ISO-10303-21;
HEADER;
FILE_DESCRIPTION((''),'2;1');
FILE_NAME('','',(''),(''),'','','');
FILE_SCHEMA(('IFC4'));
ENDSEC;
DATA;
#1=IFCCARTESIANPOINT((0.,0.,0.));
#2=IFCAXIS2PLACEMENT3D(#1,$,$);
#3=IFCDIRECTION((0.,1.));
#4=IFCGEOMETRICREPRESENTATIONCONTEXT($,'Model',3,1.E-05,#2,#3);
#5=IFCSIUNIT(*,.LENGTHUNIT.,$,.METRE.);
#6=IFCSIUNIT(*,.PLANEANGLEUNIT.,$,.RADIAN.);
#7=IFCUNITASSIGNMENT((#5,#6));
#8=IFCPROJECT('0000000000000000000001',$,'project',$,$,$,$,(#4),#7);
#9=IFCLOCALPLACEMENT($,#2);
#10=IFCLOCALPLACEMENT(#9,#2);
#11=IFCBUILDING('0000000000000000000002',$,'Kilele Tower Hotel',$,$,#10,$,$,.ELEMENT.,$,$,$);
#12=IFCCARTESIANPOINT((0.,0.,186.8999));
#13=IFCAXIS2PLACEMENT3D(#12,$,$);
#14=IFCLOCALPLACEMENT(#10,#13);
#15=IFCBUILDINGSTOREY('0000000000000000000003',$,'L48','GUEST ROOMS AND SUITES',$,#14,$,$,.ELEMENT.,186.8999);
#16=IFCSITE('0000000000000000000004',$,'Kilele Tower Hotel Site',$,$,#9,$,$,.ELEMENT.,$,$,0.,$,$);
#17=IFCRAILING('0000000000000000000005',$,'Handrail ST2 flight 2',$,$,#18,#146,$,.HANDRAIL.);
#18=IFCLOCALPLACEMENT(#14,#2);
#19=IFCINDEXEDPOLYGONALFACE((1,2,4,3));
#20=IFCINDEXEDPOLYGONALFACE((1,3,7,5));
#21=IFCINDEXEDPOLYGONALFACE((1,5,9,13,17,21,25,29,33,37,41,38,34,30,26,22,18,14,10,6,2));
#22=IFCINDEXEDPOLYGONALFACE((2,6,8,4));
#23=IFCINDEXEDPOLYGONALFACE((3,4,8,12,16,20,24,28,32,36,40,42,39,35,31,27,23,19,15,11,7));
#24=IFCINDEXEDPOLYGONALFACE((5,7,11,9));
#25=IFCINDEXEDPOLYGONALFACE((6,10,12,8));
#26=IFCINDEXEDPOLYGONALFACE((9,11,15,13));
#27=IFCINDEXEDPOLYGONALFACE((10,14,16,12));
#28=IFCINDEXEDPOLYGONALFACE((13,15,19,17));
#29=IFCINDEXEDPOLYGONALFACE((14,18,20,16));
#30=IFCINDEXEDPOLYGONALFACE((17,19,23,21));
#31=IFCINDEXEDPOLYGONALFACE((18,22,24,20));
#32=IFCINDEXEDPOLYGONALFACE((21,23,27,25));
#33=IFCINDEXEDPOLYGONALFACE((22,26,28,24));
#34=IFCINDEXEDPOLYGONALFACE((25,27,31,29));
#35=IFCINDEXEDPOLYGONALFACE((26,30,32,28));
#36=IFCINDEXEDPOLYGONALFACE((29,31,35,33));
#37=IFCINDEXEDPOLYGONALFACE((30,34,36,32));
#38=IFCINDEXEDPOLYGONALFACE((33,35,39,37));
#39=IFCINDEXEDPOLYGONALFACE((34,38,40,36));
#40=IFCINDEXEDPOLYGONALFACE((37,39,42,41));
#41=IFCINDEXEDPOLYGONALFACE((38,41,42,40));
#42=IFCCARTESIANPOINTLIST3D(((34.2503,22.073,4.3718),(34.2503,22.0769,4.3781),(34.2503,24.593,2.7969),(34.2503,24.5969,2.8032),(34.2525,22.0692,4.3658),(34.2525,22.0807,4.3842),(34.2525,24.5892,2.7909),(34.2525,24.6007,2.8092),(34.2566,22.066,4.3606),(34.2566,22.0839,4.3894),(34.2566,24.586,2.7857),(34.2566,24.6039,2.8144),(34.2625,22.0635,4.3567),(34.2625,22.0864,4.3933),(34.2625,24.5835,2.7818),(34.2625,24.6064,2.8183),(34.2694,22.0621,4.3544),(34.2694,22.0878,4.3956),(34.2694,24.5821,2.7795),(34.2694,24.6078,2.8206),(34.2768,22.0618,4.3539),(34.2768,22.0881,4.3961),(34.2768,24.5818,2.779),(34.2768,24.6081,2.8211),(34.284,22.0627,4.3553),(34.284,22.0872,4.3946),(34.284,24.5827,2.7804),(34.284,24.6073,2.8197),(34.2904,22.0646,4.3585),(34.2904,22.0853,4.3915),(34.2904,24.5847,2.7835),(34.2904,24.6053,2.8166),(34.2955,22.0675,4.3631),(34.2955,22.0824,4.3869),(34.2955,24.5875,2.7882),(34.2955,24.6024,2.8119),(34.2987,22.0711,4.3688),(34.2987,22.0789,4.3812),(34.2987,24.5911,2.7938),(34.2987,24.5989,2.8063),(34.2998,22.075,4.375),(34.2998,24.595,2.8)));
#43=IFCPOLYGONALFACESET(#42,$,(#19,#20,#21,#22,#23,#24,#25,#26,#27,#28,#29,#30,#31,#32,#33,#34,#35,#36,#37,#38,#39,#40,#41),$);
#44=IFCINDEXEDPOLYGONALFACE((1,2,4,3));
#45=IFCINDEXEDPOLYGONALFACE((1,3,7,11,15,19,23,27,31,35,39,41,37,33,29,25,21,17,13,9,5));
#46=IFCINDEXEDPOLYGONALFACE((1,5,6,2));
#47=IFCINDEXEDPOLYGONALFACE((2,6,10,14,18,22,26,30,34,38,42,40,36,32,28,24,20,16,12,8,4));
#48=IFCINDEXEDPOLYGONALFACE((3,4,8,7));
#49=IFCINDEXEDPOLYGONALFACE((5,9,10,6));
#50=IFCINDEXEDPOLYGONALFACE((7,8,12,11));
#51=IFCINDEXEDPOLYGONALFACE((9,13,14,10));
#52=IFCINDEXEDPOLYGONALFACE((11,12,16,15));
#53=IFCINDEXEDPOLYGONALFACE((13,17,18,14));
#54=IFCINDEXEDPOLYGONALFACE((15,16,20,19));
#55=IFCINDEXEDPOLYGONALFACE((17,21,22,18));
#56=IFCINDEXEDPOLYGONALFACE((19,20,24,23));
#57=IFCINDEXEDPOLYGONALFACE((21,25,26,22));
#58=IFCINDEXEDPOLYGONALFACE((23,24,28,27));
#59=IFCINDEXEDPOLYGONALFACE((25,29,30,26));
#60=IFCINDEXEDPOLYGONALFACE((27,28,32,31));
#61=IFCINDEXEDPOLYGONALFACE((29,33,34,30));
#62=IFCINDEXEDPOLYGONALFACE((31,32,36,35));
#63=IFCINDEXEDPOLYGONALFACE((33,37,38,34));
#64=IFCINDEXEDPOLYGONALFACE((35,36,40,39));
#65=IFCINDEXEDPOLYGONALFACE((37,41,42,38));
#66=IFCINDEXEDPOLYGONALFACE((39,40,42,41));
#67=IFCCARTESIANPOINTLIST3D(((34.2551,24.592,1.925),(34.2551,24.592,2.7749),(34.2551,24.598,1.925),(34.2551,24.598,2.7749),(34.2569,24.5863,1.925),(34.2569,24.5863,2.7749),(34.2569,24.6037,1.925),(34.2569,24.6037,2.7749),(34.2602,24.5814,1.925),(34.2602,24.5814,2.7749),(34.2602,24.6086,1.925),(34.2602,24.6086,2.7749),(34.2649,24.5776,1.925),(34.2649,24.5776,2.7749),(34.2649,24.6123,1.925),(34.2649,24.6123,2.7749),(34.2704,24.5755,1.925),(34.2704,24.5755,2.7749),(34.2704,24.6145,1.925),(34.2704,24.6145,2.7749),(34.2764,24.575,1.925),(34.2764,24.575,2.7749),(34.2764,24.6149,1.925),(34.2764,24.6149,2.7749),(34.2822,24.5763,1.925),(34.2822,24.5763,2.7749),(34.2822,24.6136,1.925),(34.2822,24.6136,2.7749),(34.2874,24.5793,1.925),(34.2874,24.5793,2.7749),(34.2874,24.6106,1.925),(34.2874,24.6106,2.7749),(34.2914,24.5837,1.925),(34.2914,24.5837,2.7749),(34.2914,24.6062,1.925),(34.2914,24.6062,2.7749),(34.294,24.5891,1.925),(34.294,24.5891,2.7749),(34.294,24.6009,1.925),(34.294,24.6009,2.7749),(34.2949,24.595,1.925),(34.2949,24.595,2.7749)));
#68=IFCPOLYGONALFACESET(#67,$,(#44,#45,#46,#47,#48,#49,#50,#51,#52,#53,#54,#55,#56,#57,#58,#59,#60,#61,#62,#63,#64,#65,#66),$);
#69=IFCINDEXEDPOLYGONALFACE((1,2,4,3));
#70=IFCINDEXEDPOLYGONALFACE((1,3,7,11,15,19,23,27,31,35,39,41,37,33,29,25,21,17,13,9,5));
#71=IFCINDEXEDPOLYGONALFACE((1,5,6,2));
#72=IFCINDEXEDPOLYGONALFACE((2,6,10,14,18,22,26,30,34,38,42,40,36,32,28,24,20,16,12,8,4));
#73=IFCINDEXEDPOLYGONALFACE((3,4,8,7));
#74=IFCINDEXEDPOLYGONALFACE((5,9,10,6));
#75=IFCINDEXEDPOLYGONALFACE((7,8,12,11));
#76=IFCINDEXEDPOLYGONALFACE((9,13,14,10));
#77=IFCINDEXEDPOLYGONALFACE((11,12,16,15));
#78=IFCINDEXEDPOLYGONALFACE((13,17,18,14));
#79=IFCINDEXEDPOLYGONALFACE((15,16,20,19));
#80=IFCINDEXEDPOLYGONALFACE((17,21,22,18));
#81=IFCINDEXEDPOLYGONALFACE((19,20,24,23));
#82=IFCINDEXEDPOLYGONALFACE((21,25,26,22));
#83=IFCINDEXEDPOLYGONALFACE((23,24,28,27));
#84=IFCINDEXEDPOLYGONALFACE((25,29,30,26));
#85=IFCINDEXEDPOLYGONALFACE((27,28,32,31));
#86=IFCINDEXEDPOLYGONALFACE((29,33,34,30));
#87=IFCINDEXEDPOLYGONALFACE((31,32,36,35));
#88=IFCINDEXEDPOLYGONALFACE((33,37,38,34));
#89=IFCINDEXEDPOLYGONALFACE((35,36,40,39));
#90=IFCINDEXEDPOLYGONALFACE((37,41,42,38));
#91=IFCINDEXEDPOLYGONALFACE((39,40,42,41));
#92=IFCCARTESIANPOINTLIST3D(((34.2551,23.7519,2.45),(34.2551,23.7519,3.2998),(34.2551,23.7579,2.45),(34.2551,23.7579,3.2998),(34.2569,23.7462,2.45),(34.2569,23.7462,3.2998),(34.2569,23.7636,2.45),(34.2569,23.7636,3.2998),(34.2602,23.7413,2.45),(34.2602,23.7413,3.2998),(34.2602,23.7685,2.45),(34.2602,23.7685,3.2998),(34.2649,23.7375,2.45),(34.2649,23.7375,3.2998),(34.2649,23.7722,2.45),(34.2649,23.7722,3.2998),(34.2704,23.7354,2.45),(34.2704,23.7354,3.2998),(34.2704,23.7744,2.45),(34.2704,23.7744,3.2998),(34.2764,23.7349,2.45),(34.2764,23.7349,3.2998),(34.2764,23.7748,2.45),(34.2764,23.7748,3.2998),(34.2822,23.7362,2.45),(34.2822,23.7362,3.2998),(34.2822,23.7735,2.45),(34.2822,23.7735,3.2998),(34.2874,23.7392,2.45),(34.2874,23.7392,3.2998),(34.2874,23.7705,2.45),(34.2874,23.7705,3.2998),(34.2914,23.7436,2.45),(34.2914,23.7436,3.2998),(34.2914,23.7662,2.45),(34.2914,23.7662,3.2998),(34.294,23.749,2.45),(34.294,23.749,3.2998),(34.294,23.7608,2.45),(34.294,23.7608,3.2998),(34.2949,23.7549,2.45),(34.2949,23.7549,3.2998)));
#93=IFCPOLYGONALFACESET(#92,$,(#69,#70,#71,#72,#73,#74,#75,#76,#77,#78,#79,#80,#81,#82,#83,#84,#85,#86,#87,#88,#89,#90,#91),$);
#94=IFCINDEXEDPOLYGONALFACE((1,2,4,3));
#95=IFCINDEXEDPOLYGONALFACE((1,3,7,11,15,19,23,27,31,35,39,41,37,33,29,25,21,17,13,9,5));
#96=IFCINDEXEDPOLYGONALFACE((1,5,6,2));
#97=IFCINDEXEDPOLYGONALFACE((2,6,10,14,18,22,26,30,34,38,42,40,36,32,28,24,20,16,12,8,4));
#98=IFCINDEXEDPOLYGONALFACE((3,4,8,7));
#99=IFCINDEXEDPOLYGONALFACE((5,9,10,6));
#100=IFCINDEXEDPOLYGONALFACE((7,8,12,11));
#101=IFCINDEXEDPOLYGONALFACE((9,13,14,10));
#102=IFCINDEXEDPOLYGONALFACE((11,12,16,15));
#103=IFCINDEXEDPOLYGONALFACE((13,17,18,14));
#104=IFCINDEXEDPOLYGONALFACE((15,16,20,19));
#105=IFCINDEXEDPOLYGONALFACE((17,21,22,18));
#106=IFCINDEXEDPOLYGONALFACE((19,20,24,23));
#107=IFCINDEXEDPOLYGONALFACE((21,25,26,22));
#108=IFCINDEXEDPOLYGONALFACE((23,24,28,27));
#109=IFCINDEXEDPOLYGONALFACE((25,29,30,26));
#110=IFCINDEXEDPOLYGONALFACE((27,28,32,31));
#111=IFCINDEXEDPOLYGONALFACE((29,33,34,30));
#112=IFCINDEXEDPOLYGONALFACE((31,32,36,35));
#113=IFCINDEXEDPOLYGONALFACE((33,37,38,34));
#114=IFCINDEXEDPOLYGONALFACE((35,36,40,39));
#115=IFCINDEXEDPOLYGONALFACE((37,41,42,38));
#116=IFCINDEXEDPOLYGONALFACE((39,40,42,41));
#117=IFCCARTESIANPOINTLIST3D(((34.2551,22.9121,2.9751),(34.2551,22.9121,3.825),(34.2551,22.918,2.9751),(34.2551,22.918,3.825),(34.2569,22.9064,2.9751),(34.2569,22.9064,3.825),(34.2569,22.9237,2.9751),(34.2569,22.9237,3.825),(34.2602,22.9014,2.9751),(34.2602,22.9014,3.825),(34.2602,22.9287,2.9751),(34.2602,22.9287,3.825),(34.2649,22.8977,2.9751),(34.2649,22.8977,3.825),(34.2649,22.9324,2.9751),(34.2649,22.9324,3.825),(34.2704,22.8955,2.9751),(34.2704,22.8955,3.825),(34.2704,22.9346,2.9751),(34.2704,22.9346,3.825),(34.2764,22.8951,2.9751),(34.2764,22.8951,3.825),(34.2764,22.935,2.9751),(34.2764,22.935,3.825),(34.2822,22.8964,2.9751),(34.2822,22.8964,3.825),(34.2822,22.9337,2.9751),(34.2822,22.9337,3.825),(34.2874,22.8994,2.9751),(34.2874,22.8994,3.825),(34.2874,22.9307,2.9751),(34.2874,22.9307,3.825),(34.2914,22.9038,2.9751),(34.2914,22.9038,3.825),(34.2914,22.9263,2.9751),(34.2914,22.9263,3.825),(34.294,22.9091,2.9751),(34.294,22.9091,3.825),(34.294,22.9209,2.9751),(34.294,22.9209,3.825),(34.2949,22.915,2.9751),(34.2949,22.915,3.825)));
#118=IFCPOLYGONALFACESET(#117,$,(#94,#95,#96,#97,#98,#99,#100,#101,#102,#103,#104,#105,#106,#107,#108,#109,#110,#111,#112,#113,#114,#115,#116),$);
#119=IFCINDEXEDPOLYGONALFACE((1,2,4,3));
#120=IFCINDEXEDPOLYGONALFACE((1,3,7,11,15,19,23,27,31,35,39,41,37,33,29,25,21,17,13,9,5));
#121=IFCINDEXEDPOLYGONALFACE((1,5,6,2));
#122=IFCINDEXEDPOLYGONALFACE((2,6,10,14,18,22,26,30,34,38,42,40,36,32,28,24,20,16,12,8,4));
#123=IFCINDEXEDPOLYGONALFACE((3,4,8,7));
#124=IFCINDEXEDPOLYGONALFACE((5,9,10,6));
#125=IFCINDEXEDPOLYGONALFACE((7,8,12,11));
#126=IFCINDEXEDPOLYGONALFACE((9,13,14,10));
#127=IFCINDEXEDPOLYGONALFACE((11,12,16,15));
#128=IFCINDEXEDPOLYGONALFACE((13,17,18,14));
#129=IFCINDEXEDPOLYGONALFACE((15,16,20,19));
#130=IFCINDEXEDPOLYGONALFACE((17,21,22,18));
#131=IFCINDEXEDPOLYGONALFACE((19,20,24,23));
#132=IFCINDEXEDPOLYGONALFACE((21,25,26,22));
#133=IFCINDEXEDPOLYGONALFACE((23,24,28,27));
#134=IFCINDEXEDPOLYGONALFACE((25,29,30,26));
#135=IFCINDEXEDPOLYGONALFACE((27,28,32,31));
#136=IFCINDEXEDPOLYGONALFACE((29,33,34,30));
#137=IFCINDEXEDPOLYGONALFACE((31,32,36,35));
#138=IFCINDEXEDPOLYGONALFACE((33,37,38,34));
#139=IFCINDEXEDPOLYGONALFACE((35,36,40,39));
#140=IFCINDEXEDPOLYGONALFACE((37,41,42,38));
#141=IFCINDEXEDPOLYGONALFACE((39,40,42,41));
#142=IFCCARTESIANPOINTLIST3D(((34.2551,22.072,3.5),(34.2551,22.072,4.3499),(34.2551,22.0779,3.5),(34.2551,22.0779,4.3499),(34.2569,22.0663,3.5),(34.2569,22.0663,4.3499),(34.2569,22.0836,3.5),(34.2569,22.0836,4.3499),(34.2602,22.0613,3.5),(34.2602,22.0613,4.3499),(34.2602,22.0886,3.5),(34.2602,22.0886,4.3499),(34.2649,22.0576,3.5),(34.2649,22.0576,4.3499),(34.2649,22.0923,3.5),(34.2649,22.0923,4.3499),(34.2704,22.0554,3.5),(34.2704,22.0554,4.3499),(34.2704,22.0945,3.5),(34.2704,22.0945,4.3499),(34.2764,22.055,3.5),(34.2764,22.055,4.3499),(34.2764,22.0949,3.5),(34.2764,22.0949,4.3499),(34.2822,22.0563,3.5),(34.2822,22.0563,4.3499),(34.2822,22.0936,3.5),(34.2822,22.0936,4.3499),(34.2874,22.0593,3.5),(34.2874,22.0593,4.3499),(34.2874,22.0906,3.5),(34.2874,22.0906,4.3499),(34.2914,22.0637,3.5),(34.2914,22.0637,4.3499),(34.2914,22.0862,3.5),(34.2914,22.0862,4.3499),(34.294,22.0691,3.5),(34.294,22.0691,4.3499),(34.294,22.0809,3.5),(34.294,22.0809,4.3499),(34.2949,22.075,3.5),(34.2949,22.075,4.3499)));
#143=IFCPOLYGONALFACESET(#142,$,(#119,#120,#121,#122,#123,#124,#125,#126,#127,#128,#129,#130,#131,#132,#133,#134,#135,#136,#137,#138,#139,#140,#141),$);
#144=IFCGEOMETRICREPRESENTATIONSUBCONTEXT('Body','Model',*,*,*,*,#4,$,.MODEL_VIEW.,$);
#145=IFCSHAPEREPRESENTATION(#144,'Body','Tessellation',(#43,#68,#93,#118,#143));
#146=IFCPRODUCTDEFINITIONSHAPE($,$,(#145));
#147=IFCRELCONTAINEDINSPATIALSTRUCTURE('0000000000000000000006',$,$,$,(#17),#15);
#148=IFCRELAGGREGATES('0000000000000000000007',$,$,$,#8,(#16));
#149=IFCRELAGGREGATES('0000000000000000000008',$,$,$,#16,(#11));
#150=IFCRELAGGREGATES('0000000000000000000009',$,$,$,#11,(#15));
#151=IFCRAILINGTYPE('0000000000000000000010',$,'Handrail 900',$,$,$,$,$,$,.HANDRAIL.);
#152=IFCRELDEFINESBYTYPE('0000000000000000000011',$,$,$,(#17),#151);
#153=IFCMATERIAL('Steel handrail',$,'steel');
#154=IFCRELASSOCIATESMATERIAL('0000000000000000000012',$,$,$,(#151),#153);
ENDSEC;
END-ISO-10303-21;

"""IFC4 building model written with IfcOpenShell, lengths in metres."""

from ifc_helpers import new_model, si_unit, direction, frame, origin, origin_2d, place, context, subcontext, project, spatial, circle, extrude, material, type_object, element, save


model = new_model("IFC4")

# Units and contexts
model_context = context("Model", 3, precision=1e-05, world=origin(), true_north=direction((0.0, 1.0)))
body_context = subcontext(model_context, "Body", "Model", "MODEL_VIEW")
ifc_project = project(units=[si_unit("LENGTHUNIT", "METRE"), si_unit("PLANEANGLEUNIT", "RADIAN")], contexts=[model_context])

# Site, building, storey
site_placement = place(None, origin())
site = spatial("IfcSite", under=ifc_project, at=site_placement, Name="Kilele Tower Hotel Site", CompositionType="ELEMENT", RefElevation=0.0)
building_placement = place(site_placement, origin())
building = spatial("IfcBuilding", under=site, at=building_placement, Name="Kilele Tower Hotel", CompositionType="ELEMENT")
storey_placement = place(building_placement, frame((0.0, 0.0, 186.8999)))
storey = spatial("IfcBuildingStorey", under=building, at=storey_placement, Name="L48", Description="GUEST ROOMS AND SUITES", CompositionType="ELEMENT", Elevation=186.8999)

# Railing
ifc_material_1 = material(Name="Steel handrail", Category="steel")
railing_type_1 = type_object("IfcRailingType", Name="Handrail 900", PredefinedType="HANDRAIL", material=ifc_material_1)
for number, where, name in (
    (1, (34.2749, 24.595, 1.925), "Handrail ST2 flight 2"),
):
    element("IfcRailing", number, at=place(storey_placement, frame(where)), inside=storey, type_object=railing_type_1, Name=name, PredefinedType="HANDRAIL", context=body_context, shape_type="SweptSolid", body=[
        extrude(circle(Radius=0.0249, at=origin_2d()), frame((0.0, 0.0, 0.875), z_axis=(0.0, -0.848008, 0.529984), x_axis=(1.0, 0.0, 0.0)), (0.0, 0.0, 1.0), 2.9717),
        extrude(circle(Radius=0.02, at=origin_2d()), origin(), (0.0, 0.0, 1.0), 0.8499),
        extrude(circle(Radius=0.02, at=origin_2d()), frame((0.0, -0.8401, 0.5249)), (0.0, 0.0, 1.0), 0.8499),
        extrude(circle(Radius=0.02, at=origin_2d()), frame((0.0, -1.6799, 1.05)), (0.0, 0.0, 1.0), 0.8499),
        extrude(circle(Radius=0.02, at=origin_2d()), frame((0.0, -2.52, 1.575)), (0.0, 0.0, 1.0), 0.8499),
    ])

save(model, "model.ifc")
